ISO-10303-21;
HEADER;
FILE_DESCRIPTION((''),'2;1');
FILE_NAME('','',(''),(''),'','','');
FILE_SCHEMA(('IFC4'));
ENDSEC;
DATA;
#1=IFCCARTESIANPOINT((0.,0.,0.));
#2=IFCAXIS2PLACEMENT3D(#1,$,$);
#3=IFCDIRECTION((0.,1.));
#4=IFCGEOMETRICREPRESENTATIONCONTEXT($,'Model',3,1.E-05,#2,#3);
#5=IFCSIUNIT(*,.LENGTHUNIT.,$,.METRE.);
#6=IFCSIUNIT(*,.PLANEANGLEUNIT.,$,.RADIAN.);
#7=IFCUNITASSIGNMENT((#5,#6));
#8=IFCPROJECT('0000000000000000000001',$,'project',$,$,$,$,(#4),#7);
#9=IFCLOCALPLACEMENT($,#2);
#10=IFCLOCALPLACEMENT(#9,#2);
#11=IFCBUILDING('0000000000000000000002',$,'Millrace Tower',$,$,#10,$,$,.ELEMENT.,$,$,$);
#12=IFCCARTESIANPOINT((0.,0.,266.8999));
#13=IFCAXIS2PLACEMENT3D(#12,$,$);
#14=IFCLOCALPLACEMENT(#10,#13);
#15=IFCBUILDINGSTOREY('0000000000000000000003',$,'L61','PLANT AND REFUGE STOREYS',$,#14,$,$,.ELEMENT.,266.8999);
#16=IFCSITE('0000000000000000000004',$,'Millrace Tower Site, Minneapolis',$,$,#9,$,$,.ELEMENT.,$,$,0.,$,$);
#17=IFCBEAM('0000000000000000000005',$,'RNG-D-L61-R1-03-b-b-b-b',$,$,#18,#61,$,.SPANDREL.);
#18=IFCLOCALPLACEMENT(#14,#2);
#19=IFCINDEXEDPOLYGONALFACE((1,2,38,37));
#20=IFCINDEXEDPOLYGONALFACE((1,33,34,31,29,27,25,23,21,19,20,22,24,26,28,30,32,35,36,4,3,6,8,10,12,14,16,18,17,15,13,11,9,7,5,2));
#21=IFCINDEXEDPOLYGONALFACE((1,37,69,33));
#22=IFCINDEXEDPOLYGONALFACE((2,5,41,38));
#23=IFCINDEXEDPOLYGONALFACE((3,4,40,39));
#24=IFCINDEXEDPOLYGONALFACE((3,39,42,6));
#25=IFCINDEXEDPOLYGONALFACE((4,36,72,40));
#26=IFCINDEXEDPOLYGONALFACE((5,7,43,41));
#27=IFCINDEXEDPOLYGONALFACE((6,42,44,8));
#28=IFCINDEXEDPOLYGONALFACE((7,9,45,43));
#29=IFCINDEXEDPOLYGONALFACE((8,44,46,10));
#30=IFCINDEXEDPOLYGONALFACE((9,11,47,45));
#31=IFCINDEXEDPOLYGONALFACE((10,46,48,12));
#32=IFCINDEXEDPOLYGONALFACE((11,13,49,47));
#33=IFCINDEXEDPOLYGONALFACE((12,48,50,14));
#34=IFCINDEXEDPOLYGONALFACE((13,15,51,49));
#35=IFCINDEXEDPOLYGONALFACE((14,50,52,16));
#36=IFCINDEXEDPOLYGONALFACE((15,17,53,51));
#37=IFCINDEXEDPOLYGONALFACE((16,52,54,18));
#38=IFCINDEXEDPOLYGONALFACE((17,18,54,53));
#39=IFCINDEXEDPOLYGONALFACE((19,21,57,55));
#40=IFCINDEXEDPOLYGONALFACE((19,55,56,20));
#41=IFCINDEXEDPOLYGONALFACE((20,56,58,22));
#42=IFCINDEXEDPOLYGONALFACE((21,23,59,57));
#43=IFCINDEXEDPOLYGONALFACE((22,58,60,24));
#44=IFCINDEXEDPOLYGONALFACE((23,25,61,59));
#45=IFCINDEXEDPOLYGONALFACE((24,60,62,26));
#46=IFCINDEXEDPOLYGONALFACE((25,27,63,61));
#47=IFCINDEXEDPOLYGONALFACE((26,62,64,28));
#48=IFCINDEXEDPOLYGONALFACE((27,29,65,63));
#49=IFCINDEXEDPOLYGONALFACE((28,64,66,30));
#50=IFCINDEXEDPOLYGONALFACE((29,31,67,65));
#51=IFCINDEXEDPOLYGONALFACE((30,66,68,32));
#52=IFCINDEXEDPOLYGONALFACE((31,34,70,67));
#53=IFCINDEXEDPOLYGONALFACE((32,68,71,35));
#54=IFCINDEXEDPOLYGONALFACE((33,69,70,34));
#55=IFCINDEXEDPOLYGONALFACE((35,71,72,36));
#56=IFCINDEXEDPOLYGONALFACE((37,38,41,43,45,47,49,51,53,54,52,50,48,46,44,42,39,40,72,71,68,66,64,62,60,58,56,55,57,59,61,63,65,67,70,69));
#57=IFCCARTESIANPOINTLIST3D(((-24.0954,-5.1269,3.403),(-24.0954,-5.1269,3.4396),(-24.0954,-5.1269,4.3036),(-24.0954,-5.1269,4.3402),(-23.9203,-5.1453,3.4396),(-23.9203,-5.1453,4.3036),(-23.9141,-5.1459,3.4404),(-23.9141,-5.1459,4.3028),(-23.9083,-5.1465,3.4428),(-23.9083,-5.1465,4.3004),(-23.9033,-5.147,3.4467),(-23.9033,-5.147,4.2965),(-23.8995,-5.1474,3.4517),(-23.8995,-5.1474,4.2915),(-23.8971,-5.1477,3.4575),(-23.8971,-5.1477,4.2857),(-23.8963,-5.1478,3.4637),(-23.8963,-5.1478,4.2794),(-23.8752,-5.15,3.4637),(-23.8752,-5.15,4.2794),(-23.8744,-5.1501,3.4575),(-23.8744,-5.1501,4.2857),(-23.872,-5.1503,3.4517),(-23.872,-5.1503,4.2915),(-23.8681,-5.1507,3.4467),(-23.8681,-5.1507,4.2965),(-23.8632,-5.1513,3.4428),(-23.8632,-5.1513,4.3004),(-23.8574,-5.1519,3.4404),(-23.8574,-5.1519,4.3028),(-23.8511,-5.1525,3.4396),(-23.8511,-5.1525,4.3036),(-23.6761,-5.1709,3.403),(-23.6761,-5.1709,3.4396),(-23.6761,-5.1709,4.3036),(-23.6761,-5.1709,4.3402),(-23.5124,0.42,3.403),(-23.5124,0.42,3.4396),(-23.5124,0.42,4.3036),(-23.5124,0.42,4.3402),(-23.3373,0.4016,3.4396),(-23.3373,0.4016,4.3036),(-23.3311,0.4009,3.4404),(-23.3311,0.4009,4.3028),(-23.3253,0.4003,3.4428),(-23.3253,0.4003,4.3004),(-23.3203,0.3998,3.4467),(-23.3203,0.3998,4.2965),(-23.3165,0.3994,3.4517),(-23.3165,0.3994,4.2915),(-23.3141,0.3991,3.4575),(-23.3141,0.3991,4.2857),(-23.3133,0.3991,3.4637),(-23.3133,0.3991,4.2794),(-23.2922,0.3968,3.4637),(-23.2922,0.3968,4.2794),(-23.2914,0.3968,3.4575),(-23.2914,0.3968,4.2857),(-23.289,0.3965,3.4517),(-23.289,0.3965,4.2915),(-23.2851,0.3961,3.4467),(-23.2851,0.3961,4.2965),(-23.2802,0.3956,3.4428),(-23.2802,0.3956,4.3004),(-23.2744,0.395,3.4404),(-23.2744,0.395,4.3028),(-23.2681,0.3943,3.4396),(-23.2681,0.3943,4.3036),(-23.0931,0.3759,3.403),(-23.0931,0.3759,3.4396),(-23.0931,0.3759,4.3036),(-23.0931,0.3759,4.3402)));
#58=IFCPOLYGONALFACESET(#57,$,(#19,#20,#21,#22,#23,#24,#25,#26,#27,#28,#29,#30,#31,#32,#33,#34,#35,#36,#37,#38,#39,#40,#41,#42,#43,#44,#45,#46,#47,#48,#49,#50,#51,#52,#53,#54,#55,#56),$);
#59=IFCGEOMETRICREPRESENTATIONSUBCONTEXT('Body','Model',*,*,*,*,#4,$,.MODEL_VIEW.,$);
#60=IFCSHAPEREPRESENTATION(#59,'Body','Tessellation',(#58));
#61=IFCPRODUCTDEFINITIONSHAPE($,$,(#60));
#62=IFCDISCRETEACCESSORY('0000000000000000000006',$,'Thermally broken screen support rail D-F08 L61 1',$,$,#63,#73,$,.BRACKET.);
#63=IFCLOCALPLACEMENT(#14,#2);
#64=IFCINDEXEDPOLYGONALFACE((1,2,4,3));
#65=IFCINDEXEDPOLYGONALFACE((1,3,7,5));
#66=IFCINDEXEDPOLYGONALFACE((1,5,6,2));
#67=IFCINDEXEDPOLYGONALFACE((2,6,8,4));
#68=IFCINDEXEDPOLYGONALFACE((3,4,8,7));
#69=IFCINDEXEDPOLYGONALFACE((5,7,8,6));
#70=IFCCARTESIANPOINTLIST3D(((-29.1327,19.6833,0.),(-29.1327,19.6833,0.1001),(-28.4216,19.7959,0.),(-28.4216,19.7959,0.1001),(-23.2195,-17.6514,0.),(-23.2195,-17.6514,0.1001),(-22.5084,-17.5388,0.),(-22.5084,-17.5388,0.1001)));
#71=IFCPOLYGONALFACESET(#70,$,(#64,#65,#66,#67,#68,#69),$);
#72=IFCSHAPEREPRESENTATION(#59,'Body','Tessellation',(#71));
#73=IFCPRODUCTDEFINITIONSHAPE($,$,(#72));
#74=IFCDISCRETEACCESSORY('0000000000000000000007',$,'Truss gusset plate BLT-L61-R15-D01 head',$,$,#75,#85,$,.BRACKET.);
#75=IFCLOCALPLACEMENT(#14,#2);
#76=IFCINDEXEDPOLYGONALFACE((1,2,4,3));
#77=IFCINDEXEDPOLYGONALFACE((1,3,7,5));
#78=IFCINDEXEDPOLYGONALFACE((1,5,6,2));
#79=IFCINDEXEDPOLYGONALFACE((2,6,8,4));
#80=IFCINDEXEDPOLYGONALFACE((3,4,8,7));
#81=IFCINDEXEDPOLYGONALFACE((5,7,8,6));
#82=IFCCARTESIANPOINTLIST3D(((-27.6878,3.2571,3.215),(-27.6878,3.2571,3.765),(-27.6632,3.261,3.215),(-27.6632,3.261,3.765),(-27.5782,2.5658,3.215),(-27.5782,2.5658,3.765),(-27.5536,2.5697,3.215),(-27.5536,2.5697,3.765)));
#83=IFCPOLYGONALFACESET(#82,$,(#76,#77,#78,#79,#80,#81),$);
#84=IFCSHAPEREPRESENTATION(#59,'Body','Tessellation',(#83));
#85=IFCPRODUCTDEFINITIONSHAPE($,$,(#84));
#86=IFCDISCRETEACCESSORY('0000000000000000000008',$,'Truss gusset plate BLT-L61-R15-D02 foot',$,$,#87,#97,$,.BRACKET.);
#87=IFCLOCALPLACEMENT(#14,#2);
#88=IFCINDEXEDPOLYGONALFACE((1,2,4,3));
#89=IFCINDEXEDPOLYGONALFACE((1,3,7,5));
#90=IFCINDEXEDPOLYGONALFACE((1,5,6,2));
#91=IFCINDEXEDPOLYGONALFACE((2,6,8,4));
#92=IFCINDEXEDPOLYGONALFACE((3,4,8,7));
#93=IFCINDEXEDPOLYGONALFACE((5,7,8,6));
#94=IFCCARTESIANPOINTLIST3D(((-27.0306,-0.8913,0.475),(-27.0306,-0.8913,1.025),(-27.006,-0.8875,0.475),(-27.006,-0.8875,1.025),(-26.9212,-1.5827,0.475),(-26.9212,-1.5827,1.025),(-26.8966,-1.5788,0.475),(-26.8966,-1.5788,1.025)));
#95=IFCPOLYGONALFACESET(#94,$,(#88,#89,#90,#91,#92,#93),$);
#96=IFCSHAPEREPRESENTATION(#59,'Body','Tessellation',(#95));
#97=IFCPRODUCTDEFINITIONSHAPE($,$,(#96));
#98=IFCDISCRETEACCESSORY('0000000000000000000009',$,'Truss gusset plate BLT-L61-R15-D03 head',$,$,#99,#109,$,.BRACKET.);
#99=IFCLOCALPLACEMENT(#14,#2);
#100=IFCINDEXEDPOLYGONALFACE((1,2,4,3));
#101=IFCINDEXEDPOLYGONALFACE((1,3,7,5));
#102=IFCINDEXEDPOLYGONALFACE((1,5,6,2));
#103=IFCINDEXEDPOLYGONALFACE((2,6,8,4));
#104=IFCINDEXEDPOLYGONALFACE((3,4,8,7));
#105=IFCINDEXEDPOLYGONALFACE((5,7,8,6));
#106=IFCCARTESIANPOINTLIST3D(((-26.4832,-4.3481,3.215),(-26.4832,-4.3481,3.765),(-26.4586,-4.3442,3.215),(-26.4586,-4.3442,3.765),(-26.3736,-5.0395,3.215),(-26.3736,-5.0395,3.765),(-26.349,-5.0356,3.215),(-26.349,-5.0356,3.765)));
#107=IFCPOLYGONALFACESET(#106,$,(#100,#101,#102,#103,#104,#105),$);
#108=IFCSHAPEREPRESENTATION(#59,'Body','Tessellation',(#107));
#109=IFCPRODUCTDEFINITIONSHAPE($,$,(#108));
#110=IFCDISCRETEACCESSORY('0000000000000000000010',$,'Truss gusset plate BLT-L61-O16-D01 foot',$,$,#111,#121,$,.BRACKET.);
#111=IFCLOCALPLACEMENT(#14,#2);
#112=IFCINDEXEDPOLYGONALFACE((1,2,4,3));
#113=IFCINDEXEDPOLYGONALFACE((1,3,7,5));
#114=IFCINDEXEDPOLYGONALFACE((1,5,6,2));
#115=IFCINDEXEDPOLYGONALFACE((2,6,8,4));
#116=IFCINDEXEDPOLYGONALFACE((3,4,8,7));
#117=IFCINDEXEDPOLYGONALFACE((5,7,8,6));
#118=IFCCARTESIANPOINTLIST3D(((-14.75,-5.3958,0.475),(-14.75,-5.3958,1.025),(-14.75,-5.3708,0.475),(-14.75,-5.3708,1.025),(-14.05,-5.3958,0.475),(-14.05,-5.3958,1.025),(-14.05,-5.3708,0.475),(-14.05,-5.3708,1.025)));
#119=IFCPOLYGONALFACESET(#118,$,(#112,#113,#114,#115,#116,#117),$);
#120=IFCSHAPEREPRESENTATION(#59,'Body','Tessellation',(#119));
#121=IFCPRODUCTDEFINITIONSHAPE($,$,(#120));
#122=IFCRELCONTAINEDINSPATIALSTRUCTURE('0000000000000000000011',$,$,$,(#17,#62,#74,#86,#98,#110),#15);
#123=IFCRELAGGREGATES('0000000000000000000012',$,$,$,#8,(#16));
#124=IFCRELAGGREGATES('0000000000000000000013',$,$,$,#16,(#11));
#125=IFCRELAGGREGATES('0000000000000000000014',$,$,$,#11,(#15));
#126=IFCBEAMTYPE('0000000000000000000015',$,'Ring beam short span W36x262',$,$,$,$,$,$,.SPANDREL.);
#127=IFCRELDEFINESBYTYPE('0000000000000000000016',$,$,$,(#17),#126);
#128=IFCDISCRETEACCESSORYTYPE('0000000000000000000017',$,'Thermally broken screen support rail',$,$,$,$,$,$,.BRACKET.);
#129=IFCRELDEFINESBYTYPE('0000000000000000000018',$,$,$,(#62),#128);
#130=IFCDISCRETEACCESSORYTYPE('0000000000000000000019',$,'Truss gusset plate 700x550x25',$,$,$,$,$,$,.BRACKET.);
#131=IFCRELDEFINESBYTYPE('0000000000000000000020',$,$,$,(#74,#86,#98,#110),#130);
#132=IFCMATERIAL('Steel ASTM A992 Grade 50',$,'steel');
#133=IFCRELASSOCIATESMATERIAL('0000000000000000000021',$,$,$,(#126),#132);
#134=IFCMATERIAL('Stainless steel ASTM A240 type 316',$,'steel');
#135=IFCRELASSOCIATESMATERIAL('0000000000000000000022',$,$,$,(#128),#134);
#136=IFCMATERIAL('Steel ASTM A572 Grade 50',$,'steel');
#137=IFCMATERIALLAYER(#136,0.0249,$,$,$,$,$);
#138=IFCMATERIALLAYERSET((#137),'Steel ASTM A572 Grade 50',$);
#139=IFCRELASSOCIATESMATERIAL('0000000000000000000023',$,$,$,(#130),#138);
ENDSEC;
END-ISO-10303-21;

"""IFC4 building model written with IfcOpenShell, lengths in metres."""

from ifc_helpers import new_model, si_unit, direction, frame, origin, origin_2d, place, context, subcontext, project, spatial, rectangle, i_section, extrude, material, layer, layer_set, material_profile, profile_set, type_object, element, save


model = new_model("IFC4")

# Units and contexts
model_context = context("Model", 3, precision=1e-05, world=origin(), true_north=direction((0.0, 1.0)))
body_context = subcontext(model_context, "Body", "Model", "MODEL_VIEW")
ifc_project = project(units=[si_unit("LENGTHUNIT", "METRE"), si_unit("PLANEANGLEUNIT", "RADIAN")], contexts=[model_context])

# Site, building, storey
site_placement = place(None, origin())
site = spatial("IfcSite", under=ifc_project, at=site_placement, Name="Millrace Tower Site, Minneapolis", CompositionType="ELEMENT", RefElevation=0.0)
building_placement = place(site_placement, origin())
building = spatial("IfcBuilding", under=site, at=building_placement, Name="Millrace Tower", CompositionType="ELEMENT")
storey_placement = place(building_placement, frame((0.0, 0.0, 266.8999)))
storey = spatial("IfcBuildingStorey", under=building, at=storey_placement, Name="L61", Description="PLANT AND REFUGE STOREYS", CompositionType="ELEMENT", Elevation=266.8999)

# Beam
ifc_material_1 = material(Name="Steel ASTM A992 Grade 50", Category="steel")
ifc_material_profile_1 = material_profile(ifc_material_1, i_section(OverallWidth=0.4216, OverallDepth=0.9373, WebThickness=0.0212, FlangeThickness=0.0366, FilletRadius=0.0242, at=origin_2d()))
ifc_profile_set_1 = profile_set([ifc_material_profile_1], Name="Steel ASTM A992 Grade 50")
beam_type_1 = type_object("IfcBeamType", Name="Ring beam short span W36x262", PredefinedType="SPANDREL", material=ifc_profile_set_1)
beam_1_placement = place(storey_placement, frame((-23.3027, 0.3979, 3.8716), z_axis=(-0.10453, -0.994522, 0.0), x_axis=(0.994522, -0.10453, 0.0)))
element("IfcBeam", 1, at=beam_1_placement, inside=storey, type_object=beam_type_1, Name="RNG-D-L61-R1-03-b-b-b-b", PredefinedType="SPANDREL", context=body_context, shape_type="SweptSolid", body=[
    extrude(i_section(OverallWidth=0.4216, OverallDepth=0.9373, WebThickness=0.0212, FlangeThickness=0.0366, FilletRadius=0.0242, at=origin_2d()), origin(), (0.0, 0.0, 1.0), 5.5774),
])

# Discrete accessories
ifc_material_2 = material(Name="Stainless steel ASTM A240 type 316", Category="steel")
discrete_accessory_type_1 = type_object("IfcDiscreteAccessoryType", Name="Thermally broken screen support rail", PredefinedType="BRACKET", material=ifc_material_2)
discrete_accessory_placement = place(storey_placement, frame((-25.8206, 1.0723, 0.0), z_axis=(0.0, 0.0, 1.0), x_axis=(0.156434, -0.987688, 0.0)))
element("IfcDiscreteAccessory", 2, at=discrete_accessory_placement, inside=storey, type_object=discrete_accessory_type_1, Name="Thermally broken screen support rail D-F08 L61 1", PredefinedType="BRACKET", context=body_context, shape_type="SweptSolid", body=[
    extrude(rectangle(XDim=37.8, YDim=0.72, at=origin_2d()), origin(), (0.0, 0.0, 1.0), 0.1001),
])
ifc_material_3 = material(Name="Steel ASTM A572 Grade 50", Category="steel")
ifc_layer_1 = layer(ifc_material_3, 0.0249)
ifc_layer_set_1 = layer_set([ifc_layer_1], Name="Steel ASTM A572 Grade 50")
discrete_accessory_type_2 = type_object("IfcDiscreteAccessoryType", Name="Truss gusset plate 700x550x25", PredefinedType="BRACKET", material=ifc_layer_set_1)
for number, where, z_axis, x_axis, name in (
    (3, (-27.6755, 3.259, 3.49), (0.156589, -0.987664, 0.0), (0.987664, 0.156589, 0.0), "Truss gusset plate BLT-L61-R15-D01 head"),
    (4, (-27.0183, -0.8894, 0.75), (0.156249, -0.987718, 0.0), (0.987718, 0.156249, 0.0), "Truss gusset plate BLT-L61-R15-D02 foot"),
    (5, (-26.4709, -4.3462, 3.49), (0.156589, -0.987664, 0.0), (0.987664, 0.156589, 0.0), "Truss gusset plate BLT-L61-R15-D03 head"),
    (6, (-14.75, -5.3833, 0.75), (1.0, 0.0, 0.0), (0.0, 1.0, 0.0), "Truss gusset plate BLT-L61-O16-D01 foot"),
):
    element("IfcDiscreteAccessory", number, at=place(storey_placement, frame(where, z_axis=z_axis, x_axis=x_axis)), inside=storey, type_object=discrete_accessory_type_2, Name=name, PredefinedType="BRACKET", context=body_context, shape_type="SweptSolid", body=[
        extrude(rectangle(XDim=0.0249, YDim=0.55, at=origin_2d()), origin(), (0.0, 0.0, 1.0), 0.7),
    ])

save(model, "model.ifc")
